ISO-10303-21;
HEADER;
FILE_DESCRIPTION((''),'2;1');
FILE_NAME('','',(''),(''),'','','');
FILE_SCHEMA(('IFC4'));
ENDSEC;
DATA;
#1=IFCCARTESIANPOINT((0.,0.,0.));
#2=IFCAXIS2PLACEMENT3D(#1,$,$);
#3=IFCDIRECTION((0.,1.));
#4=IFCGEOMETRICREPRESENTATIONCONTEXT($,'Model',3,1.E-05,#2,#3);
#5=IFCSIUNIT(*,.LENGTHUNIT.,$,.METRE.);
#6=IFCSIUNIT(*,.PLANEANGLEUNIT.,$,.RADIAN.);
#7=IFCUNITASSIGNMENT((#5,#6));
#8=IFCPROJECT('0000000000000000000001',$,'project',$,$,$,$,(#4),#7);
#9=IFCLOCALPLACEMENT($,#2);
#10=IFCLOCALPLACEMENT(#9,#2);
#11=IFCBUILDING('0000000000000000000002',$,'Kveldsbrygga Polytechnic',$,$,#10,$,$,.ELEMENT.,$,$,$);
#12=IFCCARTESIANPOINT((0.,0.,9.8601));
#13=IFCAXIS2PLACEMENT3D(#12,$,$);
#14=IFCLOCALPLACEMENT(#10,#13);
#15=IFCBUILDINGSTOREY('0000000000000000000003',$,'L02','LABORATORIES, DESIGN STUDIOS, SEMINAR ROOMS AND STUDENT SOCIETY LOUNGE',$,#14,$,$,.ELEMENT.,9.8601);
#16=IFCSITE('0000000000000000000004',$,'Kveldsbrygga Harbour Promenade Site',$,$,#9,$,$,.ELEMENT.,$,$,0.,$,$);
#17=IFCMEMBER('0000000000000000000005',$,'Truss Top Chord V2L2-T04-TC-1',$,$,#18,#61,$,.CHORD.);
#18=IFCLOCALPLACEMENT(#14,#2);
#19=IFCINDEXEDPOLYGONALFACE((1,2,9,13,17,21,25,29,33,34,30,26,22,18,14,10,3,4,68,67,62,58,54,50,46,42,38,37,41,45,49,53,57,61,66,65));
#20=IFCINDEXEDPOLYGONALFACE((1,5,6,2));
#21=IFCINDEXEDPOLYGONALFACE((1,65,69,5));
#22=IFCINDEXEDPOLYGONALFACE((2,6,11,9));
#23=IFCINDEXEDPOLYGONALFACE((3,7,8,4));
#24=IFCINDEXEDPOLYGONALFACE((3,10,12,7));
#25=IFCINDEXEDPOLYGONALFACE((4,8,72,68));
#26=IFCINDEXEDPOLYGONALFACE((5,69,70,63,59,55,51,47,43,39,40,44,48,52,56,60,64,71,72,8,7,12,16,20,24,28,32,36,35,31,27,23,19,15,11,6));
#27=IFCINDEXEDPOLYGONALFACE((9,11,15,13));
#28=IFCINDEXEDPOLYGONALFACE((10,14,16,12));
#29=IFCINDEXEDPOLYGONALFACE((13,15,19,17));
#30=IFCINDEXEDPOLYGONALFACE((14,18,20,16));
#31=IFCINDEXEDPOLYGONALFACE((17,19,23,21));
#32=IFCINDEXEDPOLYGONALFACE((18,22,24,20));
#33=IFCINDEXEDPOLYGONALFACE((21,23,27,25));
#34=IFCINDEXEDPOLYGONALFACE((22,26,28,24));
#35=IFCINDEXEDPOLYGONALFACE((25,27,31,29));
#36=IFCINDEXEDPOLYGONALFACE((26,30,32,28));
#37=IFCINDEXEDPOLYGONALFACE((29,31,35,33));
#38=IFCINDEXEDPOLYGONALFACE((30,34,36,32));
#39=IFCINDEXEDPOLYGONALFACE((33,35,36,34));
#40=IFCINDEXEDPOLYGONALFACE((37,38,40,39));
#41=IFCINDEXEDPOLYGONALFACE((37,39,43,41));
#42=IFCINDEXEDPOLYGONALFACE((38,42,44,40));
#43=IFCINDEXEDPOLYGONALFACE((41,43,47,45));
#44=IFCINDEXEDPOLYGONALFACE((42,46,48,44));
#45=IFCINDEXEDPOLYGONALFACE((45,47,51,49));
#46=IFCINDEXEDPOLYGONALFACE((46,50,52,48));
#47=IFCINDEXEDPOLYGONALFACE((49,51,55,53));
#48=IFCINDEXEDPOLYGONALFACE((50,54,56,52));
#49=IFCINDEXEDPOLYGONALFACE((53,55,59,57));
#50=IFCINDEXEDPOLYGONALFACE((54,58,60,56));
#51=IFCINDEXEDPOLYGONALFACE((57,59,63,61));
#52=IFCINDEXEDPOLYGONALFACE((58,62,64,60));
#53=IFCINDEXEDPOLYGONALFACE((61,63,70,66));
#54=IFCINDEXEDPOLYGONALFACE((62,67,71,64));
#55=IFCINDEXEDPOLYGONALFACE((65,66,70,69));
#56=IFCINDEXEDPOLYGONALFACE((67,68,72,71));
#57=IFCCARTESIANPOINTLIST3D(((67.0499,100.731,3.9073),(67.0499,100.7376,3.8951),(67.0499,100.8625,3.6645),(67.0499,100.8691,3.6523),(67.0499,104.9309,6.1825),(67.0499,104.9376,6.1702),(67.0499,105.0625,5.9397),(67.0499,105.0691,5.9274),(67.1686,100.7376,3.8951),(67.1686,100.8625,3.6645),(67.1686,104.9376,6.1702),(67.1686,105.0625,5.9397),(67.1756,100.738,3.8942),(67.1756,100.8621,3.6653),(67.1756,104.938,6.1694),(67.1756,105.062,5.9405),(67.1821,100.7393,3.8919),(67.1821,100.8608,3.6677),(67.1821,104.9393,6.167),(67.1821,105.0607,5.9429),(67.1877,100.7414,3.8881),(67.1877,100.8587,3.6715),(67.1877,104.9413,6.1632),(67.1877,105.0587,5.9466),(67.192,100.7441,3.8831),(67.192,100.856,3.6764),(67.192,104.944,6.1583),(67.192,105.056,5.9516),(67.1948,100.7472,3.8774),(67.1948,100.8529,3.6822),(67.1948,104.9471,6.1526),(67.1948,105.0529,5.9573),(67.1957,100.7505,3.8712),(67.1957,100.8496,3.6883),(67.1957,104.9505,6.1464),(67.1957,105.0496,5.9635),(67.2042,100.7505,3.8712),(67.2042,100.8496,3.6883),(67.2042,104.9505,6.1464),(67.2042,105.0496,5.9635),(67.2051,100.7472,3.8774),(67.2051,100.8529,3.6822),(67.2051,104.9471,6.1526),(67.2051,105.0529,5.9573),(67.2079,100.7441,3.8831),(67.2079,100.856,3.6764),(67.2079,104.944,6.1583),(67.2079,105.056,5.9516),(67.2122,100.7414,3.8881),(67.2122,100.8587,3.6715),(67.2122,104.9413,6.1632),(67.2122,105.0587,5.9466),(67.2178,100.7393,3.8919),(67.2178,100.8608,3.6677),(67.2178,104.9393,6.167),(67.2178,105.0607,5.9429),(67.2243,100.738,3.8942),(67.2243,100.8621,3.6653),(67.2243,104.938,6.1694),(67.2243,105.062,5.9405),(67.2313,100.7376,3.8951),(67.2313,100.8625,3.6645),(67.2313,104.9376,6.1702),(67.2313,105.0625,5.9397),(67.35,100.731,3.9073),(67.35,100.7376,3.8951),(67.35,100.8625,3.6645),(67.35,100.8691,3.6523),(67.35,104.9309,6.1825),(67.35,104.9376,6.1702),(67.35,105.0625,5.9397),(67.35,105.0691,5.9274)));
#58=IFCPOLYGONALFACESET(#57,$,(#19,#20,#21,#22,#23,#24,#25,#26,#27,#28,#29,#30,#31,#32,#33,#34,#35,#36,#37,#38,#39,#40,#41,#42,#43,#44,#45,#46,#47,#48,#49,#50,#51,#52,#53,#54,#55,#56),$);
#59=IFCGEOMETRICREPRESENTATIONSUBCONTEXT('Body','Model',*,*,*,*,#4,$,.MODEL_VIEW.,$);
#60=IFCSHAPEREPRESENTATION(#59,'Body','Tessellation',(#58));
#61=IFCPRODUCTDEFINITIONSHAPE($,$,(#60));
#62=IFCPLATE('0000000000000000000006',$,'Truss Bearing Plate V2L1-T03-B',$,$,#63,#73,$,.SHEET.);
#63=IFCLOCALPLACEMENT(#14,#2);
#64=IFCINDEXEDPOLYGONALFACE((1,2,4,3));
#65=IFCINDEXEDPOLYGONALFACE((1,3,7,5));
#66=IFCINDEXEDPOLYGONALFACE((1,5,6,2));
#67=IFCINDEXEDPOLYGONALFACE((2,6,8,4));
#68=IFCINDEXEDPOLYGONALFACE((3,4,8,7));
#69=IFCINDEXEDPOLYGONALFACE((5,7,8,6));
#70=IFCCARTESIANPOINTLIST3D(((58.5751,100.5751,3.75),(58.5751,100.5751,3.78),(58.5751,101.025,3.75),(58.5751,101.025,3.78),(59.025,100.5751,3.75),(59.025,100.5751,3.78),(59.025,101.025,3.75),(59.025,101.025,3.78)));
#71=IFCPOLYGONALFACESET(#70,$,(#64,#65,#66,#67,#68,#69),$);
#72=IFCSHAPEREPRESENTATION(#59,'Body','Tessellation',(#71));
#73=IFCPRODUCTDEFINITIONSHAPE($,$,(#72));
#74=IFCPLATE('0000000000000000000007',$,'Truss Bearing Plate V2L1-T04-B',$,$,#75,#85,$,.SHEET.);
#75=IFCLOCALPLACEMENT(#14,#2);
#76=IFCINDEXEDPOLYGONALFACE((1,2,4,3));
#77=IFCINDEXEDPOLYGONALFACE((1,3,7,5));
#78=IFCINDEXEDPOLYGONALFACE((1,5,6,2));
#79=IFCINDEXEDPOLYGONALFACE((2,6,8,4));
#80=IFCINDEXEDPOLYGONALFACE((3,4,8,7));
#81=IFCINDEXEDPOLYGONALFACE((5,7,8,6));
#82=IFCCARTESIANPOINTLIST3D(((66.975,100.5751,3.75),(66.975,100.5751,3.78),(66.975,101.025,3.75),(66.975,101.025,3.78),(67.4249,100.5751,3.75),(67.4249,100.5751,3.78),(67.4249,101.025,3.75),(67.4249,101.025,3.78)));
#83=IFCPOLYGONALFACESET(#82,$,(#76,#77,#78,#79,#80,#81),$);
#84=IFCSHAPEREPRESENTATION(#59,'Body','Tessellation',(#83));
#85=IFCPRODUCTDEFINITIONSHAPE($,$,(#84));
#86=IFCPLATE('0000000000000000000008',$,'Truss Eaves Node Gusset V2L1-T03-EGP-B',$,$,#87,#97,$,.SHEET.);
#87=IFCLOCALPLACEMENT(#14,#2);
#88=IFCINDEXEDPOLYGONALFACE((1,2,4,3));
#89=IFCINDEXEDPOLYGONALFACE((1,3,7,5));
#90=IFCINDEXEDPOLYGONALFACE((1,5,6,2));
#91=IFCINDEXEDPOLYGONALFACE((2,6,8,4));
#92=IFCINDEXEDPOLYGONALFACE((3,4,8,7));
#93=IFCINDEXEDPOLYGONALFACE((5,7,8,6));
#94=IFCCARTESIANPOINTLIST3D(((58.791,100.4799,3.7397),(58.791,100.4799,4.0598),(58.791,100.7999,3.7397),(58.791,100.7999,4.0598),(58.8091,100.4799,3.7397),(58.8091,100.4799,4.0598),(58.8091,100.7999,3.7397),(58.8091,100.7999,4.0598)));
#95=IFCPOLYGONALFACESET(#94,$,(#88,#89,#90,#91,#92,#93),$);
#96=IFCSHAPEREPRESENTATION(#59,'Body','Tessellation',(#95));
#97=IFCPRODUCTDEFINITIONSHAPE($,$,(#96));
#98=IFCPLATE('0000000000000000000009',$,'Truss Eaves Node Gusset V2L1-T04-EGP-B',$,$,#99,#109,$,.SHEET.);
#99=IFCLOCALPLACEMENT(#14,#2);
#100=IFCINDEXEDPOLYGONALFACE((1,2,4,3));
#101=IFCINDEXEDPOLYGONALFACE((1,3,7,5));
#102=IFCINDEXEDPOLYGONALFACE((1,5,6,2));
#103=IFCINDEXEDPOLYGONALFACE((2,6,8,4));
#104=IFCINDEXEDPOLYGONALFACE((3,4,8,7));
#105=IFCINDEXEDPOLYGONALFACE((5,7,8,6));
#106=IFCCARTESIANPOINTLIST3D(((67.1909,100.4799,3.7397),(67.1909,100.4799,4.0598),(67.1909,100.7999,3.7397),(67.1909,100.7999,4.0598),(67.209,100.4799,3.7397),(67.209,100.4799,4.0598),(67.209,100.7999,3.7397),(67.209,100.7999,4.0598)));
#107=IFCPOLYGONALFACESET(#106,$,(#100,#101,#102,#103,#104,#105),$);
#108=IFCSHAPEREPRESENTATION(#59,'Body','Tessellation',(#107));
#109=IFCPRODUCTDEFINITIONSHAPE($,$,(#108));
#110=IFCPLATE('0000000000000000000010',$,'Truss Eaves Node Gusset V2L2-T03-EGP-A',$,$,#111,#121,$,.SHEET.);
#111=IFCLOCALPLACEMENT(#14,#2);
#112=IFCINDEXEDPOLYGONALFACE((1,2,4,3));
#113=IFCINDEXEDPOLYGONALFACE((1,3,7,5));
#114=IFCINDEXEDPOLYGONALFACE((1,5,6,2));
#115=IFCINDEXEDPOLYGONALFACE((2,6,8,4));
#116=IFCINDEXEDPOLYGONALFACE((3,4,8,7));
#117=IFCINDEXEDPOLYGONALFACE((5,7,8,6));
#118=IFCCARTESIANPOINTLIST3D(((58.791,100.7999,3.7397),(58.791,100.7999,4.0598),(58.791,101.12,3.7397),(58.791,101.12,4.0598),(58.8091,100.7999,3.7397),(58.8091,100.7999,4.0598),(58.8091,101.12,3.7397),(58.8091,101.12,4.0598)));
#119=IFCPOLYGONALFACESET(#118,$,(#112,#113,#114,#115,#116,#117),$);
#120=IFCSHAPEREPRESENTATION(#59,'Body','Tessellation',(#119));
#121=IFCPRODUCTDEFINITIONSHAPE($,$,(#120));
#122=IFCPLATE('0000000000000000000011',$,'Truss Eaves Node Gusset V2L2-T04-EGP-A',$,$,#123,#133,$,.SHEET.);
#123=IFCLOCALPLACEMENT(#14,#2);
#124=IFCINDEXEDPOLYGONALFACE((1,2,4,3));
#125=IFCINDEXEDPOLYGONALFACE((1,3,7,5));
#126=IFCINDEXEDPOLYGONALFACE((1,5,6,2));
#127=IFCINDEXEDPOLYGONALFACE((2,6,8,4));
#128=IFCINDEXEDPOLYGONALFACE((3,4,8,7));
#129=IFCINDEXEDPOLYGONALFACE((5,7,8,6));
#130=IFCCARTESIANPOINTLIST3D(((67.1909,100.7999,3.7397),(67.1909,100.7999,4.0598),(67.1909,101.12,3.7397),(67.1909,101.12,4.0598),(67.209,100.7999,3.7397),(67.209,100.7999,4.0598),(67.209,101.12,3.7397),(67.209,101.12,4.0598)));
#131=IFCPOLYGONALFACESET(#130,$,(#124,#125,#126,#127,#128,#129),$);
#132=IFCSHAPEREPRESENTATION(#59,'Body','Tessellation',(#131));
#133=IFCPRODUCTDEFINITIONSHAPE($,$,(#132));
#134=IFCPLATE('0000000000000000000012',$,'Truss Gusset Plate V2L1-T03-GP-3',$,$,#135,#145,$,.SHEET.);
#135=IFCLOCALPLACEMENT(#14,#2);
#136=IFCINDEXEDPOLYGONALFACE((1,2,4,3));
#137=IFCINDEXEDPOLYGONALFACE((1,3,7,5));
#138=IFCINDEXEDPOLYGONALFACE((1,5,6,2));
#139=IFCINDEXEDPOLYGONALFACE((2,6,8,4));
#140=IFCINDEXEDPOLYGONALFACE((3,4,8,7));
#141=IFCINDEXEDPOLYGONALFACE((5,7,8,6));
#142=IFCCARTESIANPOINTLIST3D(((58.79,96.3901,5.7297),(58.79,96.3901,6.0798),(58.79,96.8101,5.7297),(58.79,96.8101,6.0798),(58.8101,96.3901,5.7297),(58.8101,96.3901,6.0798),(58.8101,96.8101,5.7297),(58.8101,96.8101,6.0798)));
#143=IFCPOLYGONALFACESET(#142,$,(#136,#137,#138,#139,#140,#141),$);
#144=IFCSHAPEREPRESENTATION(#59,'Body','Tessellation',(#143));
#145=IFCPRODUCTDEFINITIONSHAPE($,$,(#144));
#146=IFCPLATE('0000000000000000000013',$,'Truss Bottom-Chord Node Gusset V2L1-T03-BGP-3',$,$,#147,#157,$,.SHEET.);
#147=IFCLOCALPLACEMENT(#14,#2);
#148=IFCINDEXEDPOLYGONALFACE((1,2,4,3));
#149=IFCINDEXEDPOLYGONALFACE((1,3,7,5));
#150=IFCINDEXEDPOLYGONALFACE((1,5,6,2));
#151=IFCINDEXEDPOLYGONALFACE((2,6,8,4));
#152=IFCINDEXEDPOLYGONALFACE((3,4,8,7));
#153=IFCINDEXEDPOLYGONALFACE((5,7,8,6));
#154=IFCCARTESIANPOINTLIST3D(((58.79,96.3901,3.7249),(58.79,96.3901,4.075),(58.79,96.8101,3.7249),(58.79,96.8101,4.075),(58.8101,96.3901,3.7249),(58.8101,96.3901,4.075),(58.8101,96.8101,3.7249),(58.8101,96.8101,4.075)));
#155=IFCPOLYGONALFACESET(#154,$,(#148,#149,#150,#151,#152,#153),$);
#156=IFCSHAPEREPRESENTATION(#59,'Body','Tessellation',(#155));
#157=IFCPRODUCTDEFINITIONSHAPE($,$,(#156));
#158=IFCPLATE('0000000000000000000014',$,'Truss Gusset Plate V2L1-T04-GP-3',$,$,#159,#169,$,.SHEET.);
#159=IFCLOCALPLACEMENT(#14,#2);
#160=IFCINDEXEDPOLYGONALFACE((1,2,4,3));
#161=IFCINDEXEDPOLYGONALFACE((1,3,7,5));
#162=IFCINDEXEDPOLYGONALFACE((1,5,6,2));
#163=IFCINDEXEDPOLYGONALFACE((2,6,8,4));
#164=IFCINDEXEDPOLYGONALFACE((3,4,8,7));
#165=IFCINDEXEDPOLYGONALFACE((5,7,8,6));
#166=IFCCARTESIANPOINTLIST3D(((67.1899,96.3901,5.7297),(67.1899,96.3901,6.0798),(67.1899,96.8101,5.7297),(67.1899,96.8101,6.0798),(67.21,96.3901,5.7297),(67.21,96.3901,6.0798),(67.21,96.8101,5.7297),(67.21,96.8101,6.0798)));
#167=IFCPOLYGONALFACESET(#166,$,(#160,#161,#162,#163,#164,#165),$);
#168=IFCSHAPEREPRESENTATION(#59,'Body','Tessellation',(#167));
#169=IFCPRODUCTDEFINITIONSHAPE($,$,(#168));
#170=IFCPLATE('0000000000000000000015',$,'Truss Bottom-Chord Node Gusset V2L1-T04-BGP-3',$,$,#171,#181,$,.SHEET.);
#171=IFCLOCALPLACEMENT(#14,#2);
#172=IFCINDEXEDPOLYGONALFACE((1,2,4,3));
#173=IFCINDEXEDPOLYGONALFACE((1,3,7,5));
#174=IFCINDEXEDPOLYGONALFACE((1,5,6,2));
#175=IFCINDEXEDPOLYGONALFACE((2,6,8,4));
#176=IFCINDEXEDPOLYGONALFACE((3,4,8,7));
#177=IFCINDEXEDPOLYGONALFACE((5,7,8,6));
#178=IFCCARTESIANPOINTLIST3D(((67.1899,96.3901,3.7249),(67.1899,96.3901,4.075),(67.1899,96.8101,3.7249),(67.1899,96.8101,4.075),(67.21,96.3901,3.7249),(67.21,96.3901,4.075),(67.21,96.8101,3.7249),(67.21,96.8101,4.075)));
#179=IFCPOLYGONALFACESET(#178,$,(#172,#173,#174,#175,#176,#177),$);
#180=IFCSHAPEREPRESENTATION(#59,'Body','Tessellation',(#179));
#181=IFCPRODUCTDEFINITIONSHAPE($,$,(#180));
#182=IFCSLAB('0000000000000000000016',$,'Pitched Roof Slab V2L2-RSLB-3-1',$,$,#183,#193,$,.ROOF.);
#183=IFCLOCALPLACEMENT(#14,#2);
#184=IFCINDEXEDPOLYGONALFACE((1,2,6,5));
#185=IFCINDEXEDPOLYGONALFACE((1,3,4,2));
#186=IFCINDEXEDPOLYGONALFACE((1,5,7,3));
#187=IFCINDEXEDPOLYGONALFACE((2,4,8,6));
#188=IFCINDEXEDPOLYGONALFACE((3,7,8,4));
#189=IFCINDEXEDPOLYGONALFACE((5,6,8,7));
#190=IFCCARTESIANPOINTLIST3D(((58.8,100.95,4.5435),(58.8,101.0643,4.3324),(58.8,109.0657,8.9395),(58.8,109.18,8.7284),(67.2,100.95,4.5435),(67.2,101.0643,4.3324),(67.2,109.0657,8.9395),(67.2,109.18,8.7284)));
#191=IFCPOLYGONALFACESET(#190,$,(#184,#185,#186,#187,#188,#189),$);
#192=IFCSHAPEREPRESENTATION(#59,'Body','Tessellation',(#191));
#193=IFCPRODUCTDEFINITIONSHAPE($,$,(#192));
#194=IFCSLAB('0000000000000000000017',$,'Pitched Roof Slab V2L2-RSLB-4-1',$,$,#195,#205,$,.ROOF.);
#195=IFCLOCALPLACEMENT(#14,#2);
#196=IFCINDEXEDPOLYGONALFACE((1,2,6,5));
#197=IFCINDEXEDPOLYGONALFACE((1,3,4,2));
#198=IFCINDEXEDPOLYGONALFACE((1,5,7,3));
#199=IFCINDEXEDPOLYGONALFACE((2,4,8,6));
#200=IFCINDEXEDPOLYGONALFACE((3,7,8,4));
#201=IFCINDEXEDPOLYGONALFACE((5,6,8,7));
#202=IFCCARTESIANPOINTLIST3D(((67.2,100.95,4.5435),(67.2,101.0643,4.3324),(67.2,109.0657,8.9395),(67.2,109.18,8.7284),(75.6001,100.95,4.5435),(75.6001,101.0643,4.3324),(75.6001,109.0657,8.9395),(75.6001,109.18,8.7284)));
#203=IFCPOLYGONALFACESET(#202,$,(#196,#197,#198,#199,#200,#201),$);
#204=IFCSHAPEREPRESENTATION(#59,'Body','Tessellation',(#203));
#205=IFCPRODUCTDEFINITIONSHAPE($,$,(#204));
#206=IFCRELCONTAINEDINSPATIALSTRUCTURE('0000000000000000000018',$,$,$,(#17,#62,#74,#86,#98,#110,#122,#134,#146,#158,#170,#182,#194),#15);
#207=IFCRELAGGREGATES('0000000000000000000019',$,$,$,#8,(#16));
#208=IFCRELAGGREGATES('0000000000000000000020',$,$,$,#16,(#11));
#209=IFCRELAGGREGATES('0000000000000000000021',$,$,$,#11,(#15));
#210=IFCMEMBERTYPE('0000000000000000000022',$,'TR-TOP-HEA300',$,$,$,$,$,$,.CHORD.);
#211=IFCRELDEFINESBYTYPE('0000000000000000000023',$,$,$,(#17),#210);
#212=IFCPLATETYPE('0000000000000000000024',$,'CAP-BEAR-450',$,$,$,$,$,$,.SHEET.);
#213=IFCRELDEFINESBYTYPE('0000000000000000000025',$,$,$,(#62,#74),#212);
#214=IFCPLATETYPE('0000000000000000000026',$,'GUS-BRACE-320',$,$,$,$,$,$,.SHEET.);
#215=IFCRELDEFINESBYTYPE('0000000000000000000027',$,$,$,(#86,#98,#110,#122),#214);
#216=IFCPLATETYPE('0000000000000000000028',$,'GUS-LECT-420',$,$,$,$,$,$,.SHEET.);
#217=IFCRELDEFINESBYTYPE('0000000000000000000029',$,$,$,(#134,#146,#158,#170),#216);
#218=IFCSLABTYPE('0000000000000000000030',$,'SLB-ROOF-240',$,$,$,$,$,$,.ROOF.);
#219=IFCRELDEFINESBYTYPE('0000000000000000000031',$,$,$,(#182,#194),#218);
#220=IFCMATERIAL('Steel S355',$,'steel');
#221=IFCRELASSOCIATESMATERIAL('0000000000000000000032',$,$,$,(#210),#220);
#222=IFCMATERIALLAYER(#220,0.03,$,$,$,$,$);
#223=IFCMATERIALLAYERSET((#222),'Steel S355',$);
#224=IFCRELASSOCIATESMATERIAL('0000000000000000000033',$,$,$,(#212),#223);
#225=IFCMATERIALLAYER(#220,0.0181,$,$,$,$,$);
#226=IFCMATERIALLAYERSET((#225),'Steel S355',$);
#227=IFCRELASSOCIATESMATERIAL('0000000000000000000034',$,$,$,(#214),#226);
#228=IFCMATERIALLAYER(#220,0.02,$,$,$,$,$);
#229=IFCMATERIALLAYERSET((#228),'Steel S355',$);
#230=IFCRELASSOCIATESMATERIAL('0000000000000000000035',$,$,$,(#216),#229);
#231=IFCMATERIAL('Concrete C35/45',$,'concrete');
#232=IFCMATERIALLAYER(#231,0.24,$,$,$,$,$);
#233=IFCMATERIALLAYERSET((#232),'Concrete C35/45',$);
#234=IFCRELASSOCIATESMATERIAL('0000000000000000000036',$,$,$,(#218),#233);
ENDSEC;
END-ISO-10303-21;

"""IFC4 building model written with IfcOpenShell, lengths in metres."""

from ifc_helpers import new_model, si_unit, direction, frame, origin, origin_2d, place, context, subcontext, project, spatial, polyline, rectangle, i_section, outline, extrude, material, layer, layer_set, material_profile, profile_set, type_object, element, save


model = new_model("IFC4")

# Units and contexts
model_context = context("Model", 3, precision=1e-05, world=origin(), true_north=direction((0.0, 1.0)))
body_context = subcontext(model_context, "Body", "Model", "MODEL_VIEW")
ifc_project = project(units=[si_unit("LENGTHUNIT", "METRE"), si_unit("PLANEANGLEUNIT", "RADIAN")], contexts=[model_context])

# Site, building, storey
site_placement = place(None, origin())
site = spatial("IfcSite", under=ifc_project, at=site_placement, Name="Kveldsbrygga Harbour Promenade Site", CompositionType="ELEMENT", RefElevation=0.0)
building_placement = place(site_placement, origin())
building = spatial("IfcBuilding", under=site, at=building_placement, Name="Kveldsbrygga Polytechnic", CompositionType="ELEMENT")
storey_placement = place(building_placement, frame((0.0, 0.0, 9.8601)))
storey = spatial("IfcBuildingStorey", under=building, at=storey_placement, Name="L02", Description="LABORATORIES, DESIGN STUDIOS, SEMINAR ROOMS AND STUDENT SOCIETY LOUNGE", CompositionType="ELEMENT", Elevation=9.8601)

# Member
ifc_material_1 = material(Name="Steel S355", Category="steel")
ifc_material_profile_1 = material_profile(ifc_material_1, i_section(OverallWidth=0.3, OverallDepth=0.29, WebThickness=0.0085, FlangeThickness=0.0139, FilletRadius=0.0271, at=origin_2d()), Name="HEA 300")
ifc_profile_set_1 = profile_set([ifc_material_profile_1], Name="Steel S355")
member_type_1 = type_object("IfcMemberType", Name="TR-TOP-HEA300", PredefinedType="CHORD", material=ifc_profile_set_1)
for number, where, z_axis, x_axis, name in (
    (1, (67.2, 100.8, 3.7798), (0.0, 0.879277, 0.476311), (-1.0, 0.0, 0.0), "Truss Top Chord V2L2-T04-TC-1"),
):
    element("IfcMember", number, at=place(storey_placement, frame(where, z_axis=z_axis, x_axis=x_axis)), inside=storey, type_object=member_type_1, Name=name, PredefinedType="CHORD", context=body_context, shape_type="SweptSolid", body=[
        extrude(i_section(OverallWidth=0.3, OverallDepth=0.29, WebThickness=0.0085, FlangeThickness=0.0139, FilletRadius=0.0271, at=origin_2d()), origin(), (0.0, 0.0, 1.0), 4.7766),
    ])

# Plates
ifc_layer_1 = layer(ifc_material_1, 0.03)
ifc_layer_set_1 = layer_set([ifc_layer_1], Name="Steel S355")
plate_type_1 = type_object("IfcPlateType", Name="CAP-BEAR-450", PredefinedType="SHEET", material=ifc_layer_set_1)
for number, where, z_axis, x_axis, name in (
    (2, (58.8, 100.8, 3.75), (0.0, 0.0, 1.0), (1.0, 0.0, 0.0), "Truss Bearing Plate V2L1-T03-B"),
    (3, (67.2, 100.8, 3.75), (0.0, 0.0, 1.0), (1.0, 0.0, 0.0), "Truss Bearing Plate V2L1-T04-B"),
):
    element("IfcPlate", number, at=place(storey_placement, frame(where, z_axis=z_axis, x_axis=x_axis)), inside=storey, type_object=plate_type_1, Name=name, PredefinedType="SHEET", context=body_context, shape_type="SweptSolid", body=[
        extrude(rectangle(XDim=0.45, YDim=0.45, at=origin_2d()), origin(), (0.0, 0.0, 1.0), 0.03),
    ])
ifc_layer_2 = layer(ifc_material_1, 0.0181)
ifc_layer_set_2 = layer_set([ifc_layer_2], Name="Steel S355")
plate_type_2 = type_object("IfcPlateType", Name="GUS-BRACE-320", PredefinedType="SHEET", material=ifc_layer_set_2)
for number, where, z_axis, x_axis, name in (
    (4, (58.8, 100.6399, 3.7397), (0.0, 0.0, 1.0), (1.0, 0.0, 0.0), "Truss Eaves Node Gusset V2L1-T03-EGP-B"),
    (5, (67.2, 100.6399, 3.7397), (0.0, 0.0, 1.0), (1.0, 0.0, 0.0), "Truss Eaves Node Gusset V2L1-T04-EGP-B"),
    (6, (58.8, 100.96, 3.7397), (0.0, 0.0, 1.0), (1.0, 0.0, 0.0), "Truss Eaves Node Gusset V2L2-T03-EGP-A"),
    (7, (67.2, 100.96, 3.7397), (0.0, 0.0, 1.0), (1.0, 0.0, 0.0), "Truss Eaves Node Gusset V2L2-T04-EGP-A"),
):
    element("IfcPlate", number, at=place(storey_placement, frame(where, z_axis=z_axis, x_axis=x_axis)), inside=storey, type_object=plate_type_2, Name=name, PredefinedType="SHEET", context=body_context, shape_type="SweptSolid", body=[
        extrude(rectangle(XDim=0.0181, YDim=0.3201, at=origin_2d()), origin(), (0.0, 0.0, 1.0), 0.3201),
    ])
ifc_layer_3 = layer(ifc_material_1, 0.02)
ifc_layer_set_3 = layer_set([ifc_layer_3], Name="Steel S355")
plate_type_3 = type_object("IfcPlateType", Name="GUS-LECT-420", PredefinedType="SHEET", material=ifc_layer_set_3)
for number, where, z_axis, x_axis, name in (
    (8, (58.8, 96.6001, 5.7297), (0.0, 0.0, 1.0), (1.0, 0.0, 0.0), "Truss Gusset Plate V2L1-T03-GP-3"),
    (9, (58.8, 96.6001, 3.7249), (0.0, 0.0, 1.0), (1.0, 0.0, 0.0), "Truss Bottom-Chord Node Gusset V2L1-T03-BGP-3"),
    (10, (67.2, 96.6001, 5.7297), (0.0, 0.0, 1.0), (1.0, 0.0, 0.0), "Truss Gusset Plate V2L1-T04-GP-3"),
    (11, (67.2, 96.6001, 3.7249), (0.0, 0.0, 1.0), (1.0, 0.0, 0.0), "Truss Bottom-Chord Node Gusset V2L1-T04-BGP-3"),
):
    element("IfcPlate", number, at=place(storey_placement, frame(where, z_axis=z_axis, x_axis=x_axis)), inside=storey, type_object=plate_type_3, Name=name, PredefinedType="SHEET", context=body_context, shape_type="SweptSolid", body=[
        extrude(rectangle(XDim=0.02, YDim=0.4199, at=origin_2d()), origin(), (0.0, 0.0, 1.0), 0.3501),
    ])

# Slabs
ifc_material_2 = material(Name="Concrete C35/45", Category="concrete")
ifc_layer_4 = layer(ifc_material_2, 0.24)
ifc_layer_set_4 = layer_set([ifc_layer_4], Name="Concrete C35/45")
slab_type = type_object("IfcSlabType", Name="SLB-ROOF-240", PredefinedType="ROOF", material=ifc_layer_set_4)
slab_1_placement = place(storey_placement, frame((58.8, 100.95, 4.5435), z_axis=(0.0, -0.476281, 0.879293), x_axis=(1.0, 0.0, 0.0)))
element("IfcSlab", 12, at=slab_1_placement, inside=storey, type_object=slab_type, Name="Pitched Roof Slab V2L2-RSLB-3-1", PredefinedType="ROOF", context=body_context, shape_type="SweptSolid", body=[
    extrude(outline(polyline([(0.0, 0.0), (8.3999, 0.0), (8.3999, 9.2298), (0.0, 9.2298), (0.0, 0.0)])), origin(), (0.0, 0.0, -1.0), 0.24),
])
slab_2_placement = place(storey_placement, frame((67.2, 100.95, 4.5435), z_axis=(0.0, -0.476281, 0.879293), x_axis=(1.0, 0.0, 0.0)))
element("IfcSlab", 13, at=slab_2_placement, inside=storey, type_object=slab_type, Name="Pitched Roof Slab V2L2-RSLB-4-1", PredefinedType="ROOF", context=body_context, shape_type="SweptSolid", body=[
    extrude(outline(polyline([(0.0, 0.0), (8.4001, 0.0), (8.4001, 9.2298), (0.0, 9.2298), (0.0, 0.0)])), origin(), (0.0, 0.0, -1.0), 0.24),
])

save(model, "model.ifc")
